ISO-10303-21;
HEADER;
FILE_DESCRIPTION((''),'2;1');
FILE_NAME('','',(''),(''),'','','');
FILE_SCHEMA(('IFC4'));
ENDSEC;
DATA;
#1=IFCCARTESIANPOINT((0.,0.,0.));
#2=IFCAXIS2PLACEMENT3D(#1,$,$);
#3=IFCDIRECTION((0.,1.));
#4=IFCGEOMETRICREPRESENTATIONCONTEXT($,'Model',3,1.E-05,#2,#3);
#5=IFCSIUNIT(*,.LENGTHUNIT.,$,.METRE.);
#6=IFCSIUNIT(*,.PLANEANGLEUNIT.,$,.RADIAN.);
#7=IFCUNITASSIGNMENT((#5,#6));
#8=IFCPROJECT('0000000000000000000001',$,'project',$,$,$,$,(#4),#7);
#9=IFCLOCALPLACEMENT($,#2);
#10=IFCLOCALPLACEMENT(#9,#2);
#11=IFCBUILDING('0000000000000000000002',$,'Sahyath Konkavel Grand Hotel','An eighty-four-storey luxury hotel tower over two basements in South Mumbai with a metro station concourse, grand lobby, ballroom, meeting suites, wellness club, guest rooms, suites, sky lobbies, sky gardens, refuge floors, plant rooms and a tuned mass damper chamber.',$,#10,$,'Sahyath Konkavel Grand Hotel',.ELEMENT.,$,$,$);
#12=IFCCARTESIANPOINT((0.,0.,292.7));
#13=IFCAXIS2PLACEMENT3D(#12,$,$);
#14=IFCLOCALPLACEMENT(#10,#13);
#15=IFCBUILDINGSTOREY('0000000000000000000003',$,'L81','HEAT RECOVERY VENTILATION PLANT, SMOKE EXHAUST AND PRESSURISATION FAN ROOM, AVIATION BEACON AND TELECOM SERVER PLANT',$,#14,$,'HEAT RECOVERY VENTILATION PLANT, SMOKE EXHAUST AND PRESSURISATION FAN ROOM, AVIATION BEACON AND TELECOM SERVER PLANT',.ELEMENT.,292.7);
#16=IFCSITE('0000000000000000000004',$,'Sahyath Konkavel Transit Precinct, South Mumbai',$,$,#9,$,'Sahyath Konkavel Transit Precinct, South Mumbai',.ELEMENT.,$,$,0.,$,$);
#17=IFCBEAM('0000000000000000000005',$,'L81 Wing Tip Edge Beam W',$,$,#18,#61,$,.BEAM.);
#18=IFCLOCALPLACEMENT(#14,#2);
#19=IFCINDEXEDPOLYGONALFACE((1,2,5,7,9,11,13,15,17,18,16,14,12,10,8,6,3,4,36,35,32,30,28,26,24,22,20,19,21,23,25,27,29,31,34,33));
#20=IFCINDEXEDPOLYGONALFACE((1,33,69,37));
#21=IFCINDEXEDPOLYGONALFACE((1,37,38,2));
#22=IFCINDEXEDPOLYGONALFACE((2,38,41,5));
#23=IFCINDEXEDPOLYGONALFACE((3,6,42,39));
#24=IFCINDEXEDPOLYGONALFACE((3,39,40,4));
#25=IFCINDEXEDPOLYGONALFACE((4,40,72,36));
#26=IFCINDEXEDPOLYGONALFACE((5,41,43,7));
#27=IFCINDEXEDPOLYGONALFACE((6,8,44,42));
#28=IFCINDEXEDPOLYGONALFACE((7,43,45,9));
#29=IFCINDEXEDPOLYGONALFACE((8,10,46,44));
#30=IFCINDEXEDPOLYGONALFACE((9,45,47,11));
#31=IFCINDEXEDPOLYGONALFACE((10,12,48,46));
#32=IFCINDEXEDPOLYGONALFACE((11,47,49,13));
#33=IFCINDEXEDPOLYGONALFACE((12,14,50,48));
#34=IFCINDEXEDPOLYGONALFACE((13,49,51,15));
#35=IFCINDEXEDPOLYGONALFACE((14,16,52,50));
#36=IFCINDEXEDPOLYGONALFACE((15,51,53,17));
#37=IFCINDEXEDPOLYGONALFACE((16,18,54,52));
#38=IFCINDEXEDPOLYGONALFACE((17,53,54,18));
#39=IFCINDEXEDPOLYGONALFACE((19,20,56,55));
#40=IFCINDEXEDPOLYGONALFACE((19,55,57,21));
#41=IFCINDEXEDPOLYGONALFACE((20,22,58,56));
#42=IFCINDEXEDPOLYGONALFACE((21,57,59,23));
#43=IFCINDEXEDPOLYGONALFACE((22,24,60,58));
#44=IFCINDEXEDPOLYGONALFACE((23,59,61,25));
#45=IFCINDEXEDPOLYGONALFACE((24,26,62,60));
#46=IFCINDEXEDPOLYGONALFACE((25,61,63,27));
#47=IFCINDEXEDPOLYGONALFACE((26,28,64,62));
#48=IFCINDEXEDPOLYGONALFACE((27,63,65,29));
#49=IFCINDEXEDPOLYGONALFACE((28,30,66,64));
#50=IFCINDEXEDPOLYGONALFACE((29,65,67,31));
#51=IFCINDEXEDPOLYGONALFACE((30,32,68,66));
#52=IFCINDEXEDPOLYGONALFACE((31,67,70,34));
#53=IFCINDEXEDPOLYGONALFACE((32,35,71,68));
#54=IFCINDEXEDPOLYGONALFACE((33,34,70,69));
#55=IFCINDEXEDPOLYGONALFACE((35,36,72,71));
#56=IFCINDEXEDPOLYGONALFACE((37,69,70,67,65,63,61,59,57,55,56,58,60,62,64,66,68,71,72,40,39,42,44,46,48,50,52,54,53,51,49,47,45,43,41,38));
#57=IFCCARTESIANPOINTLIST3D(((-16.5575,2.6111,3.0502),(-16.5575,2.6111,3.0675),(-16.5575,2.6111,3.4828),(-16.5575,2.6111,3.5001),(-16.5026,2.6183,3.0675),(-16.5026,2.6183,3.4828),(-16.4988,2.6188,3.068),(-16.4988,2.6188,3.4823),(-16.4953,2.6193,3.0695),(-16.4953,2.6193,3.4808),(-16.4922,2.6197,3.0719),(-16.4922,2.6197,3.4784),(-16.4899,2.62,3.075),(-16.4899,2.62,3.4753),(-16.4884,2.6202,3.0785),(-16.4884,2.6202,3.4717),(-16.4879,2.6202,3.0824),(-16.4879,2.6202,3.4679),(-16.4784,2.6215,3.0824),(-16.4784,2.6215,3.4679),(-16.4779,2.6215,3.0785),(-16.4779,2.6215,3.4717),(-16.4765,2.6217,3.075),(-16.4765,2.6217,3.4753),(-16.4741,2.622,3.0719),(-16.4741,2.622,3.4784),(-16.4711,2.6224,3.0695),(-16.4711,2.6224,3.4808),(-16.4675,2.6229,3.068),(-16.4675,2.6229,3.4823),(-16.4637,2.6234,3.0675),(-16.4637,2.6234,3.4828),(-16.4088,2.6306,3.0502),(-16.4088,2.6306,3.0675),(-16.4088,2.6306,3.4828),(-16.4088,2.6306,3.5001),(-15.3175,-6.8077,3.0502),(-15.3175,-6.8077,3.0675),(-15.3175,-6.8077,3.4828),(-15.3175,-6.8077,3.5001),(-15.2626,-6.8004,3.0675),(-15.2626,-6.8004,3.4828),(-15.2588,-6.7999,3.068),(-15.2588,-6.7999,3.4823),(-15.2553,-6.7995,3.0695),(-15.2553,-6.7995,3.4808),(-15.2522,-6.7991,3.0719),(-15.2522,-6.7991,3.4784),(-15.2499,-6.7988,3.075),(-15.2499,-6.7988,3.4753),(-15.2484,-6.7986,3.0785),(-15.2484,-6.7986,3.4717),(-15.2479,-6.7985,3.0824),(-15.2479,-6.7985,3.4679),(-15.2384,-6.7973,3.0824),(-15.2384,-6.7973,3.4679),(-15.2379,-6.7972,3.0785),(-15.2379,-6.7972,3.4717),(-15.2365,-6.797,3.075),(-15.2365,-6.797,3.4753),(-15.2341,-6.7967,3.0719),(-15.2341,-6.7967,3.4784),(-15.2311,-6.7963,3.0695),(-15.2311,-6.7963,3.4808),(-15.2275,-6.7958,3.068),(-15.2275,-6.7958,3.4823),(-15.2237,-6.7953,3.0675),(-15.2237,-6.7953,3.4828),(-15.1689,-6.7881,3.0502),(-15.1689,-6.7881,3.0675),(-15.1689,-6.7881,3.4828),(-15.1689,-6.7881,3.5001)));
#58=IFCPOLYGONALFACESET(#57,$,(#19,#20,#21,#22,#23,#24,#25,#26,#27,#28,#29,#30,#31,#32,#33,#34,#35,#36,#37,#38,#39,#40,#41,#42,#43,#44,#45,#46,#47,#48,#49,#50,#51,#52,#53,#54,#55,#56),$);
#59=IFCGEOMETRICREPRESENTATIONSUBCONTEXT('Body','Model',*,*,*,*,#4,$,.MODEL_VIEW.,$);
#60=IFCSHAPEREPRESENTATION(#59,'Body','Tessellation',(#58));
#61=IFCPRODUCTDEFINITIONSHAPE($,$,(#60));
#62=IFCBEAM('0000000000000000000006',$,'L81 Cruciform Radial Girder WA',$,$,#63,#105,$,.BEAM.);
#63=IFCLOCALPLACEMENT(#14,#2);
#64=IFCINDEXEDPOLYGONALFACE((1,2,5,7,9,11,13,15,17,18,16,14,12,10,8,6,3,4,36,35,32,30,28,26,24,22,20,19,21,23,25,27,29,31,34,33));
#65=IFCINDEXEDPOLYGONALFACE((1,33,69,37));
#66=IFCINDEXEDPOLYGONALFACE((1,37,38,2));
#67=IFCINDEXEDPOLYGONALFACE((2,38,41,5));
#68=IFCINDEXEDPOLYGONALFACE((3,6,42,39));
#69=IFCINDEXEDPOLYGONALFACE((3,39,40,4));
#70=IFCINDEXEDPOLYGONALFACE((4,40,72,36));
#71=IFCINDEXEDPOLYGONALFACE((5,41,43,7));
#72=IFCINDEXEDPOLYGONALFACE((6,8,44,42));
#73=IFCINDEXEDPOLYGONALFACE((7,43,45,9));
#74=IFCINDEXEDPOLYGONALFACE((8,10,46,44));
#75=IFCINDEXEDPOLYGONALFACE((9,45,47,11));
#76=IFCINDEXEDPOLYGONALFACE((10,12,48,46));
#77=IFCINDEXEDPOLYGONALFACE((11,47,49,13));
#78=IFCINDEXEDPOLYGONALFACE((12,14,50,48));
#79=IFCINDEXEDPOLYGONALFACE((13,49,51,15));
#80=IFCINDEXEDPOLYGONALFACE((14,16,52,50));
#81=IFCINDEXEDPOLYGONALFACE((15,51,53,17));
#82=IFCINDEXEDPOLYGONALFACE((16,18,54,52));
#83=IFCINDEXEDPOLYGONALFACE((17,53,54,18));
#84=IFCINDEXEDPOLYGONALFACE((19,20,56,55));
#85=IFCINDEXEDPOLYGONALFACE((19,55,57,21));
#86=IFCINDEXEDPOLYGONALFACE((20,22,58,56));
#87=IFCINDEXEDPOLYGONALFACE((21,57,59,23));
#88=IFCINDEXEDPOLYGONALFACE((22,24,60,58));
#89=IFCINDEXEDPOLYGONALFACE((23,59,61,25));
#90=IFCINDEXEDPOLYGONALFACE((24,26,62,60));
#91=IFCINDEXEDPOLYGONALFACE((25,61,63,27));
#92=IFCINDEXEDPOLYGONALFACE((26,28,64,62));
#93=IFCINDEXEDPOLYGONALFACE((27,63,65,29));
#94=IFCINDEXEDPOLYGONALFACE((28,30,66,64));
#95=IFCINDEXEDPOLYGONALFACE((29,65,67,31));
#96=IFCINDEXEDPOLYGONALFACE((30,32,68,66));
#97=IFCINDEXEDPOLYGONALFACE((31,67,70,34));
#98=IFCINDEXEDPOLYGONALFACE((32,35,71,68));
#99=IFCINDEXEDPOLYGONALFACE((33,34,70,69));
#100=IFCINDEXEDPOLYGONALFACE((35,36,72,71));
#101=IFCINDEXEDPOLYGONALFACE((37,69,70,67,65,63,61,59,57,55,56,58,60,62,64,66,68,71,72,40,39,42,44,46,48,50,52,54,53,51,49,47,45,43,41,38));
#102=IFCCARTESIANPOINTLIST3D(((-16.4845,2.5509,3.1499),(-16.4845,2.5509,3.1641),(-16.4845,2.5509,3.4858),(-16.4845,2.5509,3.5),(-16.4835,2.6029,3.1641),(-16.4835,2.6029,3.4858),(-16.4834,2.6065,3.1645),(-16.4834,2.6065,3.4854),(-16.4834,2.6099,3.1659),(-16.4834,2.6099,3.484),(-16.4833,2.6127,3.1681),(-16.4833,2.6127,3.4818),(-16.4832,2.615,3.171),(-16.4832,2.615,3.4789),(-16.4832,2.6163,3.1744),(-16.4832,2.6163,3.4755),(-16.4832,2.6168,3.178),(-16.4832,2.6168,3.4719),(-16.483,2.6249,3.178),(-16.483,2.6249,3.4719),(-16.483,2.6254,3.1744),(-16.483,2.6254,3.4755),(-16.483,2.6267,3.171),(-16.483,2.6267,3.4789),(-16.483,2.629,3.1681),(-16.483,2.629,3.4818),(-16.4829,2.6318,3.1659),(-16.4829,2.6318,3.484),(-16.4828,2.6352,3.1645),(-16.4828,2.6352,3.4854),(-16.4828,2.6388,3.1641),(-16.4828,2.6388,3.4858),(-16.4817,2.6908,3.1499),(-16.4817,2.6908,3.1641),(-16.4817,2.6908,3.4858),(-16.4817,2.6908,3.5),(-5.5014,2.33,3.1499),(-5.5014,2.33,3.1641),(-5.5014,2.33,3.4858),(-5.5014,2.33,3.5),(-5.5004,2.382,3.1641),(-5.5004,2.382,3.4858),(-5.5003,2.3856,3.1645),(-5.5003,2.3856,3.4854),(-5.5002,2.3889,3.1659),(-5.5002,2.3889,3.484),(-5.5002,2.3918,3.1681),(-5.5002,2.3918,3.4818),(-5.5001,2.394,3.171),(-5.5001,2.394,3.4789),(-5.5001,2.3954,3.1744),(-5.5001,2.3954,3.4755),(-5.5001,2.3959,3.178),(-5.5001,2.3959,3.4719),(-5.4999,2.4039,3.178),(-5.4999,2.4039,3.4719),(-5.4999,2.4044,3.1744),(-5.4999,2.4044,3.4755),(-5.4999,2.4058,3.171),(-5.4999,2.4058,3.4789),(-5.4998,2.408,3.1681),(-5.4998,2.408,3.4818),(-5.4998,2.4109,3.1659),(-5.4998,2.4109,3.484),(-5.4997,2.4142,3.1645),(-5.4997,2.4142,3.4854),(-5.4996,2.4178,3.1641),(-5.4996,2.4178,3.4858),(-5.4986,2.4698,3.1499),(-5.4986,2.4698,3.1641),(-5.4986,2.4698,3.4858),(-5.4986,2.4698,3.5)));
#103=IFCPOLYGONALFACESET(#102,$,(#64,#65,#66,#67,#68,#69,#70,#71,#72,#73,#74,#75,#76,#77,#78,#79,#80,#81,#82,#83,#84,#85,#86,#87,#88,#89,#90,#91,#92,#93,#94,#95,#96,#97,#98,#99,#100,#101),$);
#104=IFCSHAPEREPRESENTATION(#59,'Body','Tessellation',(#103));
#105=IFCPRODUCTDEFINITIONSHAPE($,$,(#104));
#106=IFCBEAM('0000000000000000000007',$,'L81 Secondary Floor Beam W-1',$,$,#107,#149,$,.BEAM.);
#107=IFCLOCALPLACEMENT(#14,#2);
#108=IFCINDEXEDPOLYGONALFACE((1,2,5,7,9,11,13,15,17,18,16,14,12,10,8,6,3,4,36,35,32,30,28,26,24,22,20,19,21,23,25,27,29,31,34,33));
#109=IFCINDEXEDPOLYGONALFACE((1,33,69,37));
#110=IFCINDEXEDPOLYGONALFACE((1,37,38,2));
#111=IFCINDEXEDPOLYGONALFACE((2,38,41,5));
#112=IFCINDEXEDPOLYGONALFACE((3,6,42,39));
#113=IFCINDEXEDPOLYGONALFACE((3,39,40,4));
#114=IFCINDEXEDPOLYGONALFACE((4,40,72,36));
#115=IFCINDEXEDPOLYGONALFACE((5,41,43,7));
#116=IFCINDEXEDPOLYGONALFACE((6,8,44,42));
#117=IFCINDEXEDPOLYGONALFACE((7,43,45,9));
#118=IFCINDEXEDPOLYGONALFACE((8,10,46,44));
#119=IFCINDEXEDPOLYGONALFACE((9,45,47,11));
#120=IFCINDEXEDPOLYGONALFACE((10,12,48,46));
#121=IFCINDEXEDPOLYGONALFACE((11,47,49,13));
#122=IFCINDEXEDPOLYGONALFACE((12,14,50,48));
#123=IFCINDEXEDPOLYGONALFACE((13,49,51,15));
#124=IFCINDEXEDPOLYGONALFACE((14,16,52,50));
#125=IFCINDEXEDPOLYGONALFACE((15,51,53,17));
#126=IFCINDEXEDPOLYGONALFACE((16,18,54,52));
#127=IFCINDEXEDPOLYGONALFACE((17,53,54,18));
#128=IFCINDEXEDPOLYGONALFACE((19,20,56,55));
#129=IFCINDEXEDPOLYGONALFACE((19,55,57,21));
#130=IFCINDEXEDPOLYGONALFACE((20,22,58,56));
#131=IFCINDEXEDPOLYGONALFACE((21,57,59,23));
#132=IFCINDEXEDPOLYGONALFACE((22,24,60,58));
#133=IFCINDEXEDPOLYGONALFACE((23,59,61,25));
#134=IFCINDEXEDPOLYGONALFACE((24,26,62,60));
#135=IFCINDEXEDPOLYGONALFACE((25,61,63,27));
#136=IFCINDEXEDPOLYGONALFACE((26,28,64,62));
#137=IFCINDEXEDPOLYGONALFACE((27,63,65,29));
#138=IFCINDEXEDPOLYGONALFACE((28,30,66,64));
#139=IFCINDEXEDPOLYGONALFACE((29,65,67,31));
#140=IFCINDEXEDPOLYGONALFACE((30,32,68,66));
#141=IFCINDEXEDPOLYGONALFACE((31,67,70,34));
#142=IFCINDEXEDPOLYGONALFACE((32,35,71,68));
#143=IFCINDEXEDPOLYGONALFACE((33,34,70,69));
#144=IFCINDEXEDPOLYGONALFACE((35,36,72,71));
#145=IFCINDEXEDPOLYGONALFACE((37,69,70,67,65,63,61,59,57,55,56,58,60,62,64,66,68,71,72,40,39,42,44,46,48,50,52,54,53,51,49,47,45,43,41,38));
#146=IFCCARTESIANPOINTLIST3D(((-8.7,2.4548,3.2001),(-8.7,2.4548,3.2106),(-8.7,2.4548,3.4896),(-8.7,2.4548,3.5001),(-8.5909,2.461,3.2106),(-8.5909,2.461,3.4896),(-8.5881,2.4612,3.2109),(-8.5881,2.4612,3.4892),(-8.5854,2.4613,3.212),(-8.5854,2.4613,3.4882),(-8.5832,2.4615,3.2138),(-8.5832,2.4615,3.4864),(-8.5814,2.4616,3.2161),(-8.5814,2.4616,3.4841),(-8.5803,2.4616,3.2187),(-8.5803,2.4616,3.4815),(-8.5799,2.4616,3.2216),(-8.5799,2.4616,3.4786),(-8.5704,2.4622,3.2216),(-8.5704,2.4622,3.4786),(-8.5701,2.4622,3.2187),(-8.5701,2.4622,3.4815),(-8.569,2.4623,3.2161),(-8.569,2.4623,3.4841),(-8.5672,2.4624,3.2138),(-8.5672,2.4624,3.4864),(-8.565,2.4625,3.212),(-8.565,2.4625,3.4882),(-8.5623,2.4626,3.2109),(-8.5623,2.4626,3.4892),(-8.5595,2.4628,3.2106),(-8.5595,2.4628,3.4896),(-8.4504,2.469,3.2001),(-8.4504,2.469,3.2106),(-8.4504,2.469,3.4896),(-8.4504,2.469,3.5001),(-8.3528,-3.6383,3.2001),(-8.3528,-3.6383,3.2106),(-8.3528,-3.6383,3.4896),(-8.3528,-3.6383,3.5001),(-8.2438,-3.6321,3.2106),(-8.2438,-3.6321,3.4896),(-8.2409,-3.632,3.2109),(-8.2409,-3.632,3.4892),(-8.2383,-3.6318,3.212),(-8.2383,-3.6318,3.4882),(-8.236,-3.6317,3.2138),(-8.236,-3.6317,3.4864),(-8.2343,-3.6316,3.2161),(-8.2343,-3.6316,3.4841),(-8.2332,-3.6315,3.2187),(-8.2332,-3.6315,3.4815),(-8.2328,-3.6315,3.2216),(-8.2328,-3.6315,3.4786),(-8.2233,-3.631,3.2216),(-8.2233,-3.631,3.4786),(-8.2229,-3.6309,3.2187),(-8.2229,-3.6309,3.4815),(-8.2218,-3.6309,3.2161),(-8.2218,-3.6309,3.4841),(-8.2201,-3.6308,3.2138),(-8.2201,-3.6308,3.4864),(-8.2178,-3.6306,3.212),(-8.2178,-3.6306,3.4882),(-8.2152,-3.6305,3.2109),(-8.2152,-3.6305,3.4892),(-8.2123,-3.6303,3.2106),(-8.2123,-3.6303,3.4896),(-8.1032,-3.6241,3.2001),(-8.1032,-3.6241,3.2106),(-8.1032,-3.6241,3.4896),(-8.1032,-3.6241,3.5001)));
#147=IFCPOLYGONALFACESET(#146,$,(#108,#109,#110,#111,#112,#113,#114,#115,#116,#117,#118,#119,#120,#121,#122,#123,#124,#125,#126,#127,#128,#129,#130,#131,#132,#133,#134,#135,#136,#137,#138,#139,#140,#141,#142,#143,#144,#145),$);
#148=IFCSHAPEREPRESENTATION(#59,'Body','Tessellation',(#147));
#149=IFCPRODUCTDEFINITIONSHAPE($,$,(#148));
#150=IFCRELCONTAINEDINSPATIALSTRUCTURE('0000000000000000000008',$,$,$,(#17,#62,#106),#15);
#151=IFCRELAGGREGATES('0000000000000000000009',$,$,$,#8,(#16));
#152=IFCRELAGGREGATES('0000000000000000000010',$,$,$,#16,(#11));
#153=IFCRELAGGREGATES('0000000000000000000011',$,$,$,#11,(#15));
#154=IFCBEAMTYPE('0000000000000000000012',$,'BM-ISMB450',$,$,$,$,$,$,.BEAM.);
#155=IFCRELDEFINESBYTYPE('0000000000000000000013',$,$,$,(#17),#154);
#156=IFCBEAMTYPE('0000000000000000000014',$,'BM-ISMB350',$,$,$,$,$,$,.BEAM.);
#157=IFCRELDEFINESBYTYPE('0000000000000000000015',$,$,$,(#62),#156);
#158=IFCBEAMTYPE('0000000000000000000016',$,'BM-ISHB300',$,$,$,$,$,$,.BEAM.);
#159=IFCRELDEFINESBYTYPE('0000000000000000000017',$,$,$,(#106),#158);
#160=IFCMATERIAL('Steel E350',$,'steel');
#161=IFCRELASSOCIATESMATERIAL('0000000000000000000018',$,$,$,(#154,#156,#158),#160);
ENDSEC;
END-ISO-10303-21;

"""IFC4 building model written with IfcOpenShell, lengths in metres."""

from ifc_helpers import new_model, si_unit, direction, frame, origin, origin_2d, place, context, subcontext, project, spatial, i_section, extrude, source, transform, mapped, material, material_profile, profile_set, type_object, element, save


model = new_model("IFC4")

# Units and contexts
model_context = context("Model", 3, precision=1e-05, world=origin(), true_north=direction((0.0, 1.0)))
body_context = subcontext(model_context, "Body", "Model", "MODEL_VIEW")
ifc_project = project(units=[si_unit("LENGTHUNIT", "METRE"), si_unit("PLANEANGLEUNIT", "RADIAN")], contexts=[model_context])

# Site, building, storey
site_placement = place(None, origin())
site = spatial("IfcSite", under=ifc_project, at=site_placement, Name="Sahyath Konkavel Transit Precinct, South Mumbai", LongName="Sahyath Konkavel Transit Precinct, South Mumbai", CompositionType="ELEMENT", RefElevation=0.0)
building_placement = place(site_placement, origin())
building = spatial("IfcBuilding", under=site, at=building_placement, Name="Sahyath Konkavel Grand Hotel", Description="An eighty-four-storey luxury hotel tower over two basements in South Mumbai with a metro station concourse, grand lobby, ballroom, meeting suites, wellness club, guest rooms, suites, sky lobbies, sky gardens, refuge floors, plant rooms and a tuned mass damper chamber.", LongName="Sahyath Konkavel Grand Hotel", CompositionType="ELEMENT")
storey_placement = place(building_placement, frame((0.0, 0.0, 292.7)))
storey = spatial("IfcBuildingStorey", under=building, at=storey_placement, Name="L81", Description="HEAT RECOVERY VENTILATION PLANT, SMOKE EXHAUST AND PRESSURISATION FAN ROOM, AVIATION BEACON AND TELECOM SERVER PLANT", LongName="HEAT RECOVERY VENTILATION PLANT, SMOKE EXHAUST AND PRESSURISATION FAN ROOM, AVIATION BEACON AND TELECOM SERVER PLANT", CompositionType="ELEMENT", Elevation=292.7)

# Beams
ifc_material_1 = material(Name="Steel E350", Category="steel")
ifc_material_profile_1 = material_profile(ifc_material_1, i_section(OverallWidth=0.1499, OverallDepth=0.45, WebThickness=0.0095, FlangeThickness=0.0173, FilletRadius=0.0149, at=origin_2d()), Name="ISMB 450")
ifc_profile_set_1 = profile_set([ifc_material_profile_1], Name="Steel E350")
beam_type_1 = type_object("IfcBeamType", Name="BM-ISMB450", PredefinedType="BEAM", material=ifc_profile_set_1)
shared_shape_1 = source(origin(), body_context, "Body", "SweptSolid", [
    extrude(i_section(OverallWidth=0.1499, OverallDepth=0.45, WebThickness=0.0095, FlangeThickness=0.0173, FilletRadius=0.0149, at=origin_2d()), origin(), (0.0, 0.0, 1.0), 9.5),
])
beam_1_placement = place(storey_placement, frame((-16.4832, 2.6208, 3.2751), z_axis=(0.130526, -0.991445, 0.0), x_axis=(0.991445, 0.130526, 0.0)))
element("IfcBeam", 1, at=beam_1_placement, inside=storey, type_object=beam_type_1, Name="L81 Wing Tip Edge Beam W", PredefinedType="BEAM", context=body_context, shape_type="MappedRepresentation", body=[
    mapped(shared_shape_1, transform((0.0, 0.0, 0.0), scale=1.0)),
])
ifc_material_profile_2 = material_profile(ifc_material_1, i_section(OverallWidth=0.1399, OverallDepth=0.3501, WebThickness=0.0081, FlangeThickness=0.0142, FilletRadius=0.0139, at=origin_2d()), Name="ISMB 350")
ifc_profile_set_2 = profile_set([ifc_material_profile_2], Name="Steel E350")
beam_type_2 = type_object("IfcBeamType", Name="BM-ISMB350", PredefinedType="BEAM", material=ifc_profile_set_2)
shared_shape_2 = source(origin(), body_context, "Body", "SweptSolid", [
    extrude(i_section(OverallWidth=0.1399, OverallDepth=0.3501, WebThickness=0.0081, FlangeThickness=0.0142, FilletRadius=0.0139, at=origin_2d()), origin(), (0.0, 0.0, 1.0), 10.9854),
])
beam_2_placement = place(storey_placement, frame((-5.5, 2.3999, 3.325), z_axis=(-0.999798, 0.020113, 0.0), x_axis=(-0.020113, -0.999798, 0.0)))
element("IfcBeam", 2, at=beam_2_placement, inside=storey, type_object=beam_type_2, Name="L81 Cruciform Radial Girder WA", PredefinedType="BEAM", context=body_context, shape_type="MappedRepresentation", body=[
    mapped(shared_shape_2, transform((0.0, 0.0, 0.0), scale=1.0)),
])
ifc_material_profile_3 = material_profile(ifc_material_1, i_section(OverallWidth=0.25, OverallDepth=0.3, WebThickness=0.0095, FlangeThickness=0.0105, FilletRadius=0.011, at=origin_2d()), Name="ISHB 300")
ifc_profile_set_3 = profile_set([ifc_material_profile_3], Name="Steel E350")
beam_type_3 = type_object("IfcBeamType", Name="BM-ISHB300", PredefinedType="BEAM", material=ifc_profile_set_3)
shared_shape_3 = source(origin(), body_context, "Body", "SweptSolid", [
    extrude(i_section(OverallWidth=0.25, OverallDepth=0.3, WebThickness=0.0095, FlangeThickness=0.0105, FilletRadius=0.011, at=origin_2d()), origin(), (0.0, 0.0, 1.0), 6.103),
])
beam_3_placement = place(storey_placement, frame((-8.5752, 2.4619, 3.3501), z_axis=(0.056883, -0.998381, 0.0), x_axis=(0.998381, 0.056883, 0.0)))
element("IfcBeam", 3, at=beam_3_placement, inside=storey, type_object=beam_type_3, Name="L81 Secondary Floor Beam W-1", PredefinedType="BEAM", context=body_context, shape_type="MappedRepresentation", body=[
    mapped(shared_shape_3, transform((0.0, 0.0, 0.0), scale=1.0)),
])

save(model, "model.ifc")
